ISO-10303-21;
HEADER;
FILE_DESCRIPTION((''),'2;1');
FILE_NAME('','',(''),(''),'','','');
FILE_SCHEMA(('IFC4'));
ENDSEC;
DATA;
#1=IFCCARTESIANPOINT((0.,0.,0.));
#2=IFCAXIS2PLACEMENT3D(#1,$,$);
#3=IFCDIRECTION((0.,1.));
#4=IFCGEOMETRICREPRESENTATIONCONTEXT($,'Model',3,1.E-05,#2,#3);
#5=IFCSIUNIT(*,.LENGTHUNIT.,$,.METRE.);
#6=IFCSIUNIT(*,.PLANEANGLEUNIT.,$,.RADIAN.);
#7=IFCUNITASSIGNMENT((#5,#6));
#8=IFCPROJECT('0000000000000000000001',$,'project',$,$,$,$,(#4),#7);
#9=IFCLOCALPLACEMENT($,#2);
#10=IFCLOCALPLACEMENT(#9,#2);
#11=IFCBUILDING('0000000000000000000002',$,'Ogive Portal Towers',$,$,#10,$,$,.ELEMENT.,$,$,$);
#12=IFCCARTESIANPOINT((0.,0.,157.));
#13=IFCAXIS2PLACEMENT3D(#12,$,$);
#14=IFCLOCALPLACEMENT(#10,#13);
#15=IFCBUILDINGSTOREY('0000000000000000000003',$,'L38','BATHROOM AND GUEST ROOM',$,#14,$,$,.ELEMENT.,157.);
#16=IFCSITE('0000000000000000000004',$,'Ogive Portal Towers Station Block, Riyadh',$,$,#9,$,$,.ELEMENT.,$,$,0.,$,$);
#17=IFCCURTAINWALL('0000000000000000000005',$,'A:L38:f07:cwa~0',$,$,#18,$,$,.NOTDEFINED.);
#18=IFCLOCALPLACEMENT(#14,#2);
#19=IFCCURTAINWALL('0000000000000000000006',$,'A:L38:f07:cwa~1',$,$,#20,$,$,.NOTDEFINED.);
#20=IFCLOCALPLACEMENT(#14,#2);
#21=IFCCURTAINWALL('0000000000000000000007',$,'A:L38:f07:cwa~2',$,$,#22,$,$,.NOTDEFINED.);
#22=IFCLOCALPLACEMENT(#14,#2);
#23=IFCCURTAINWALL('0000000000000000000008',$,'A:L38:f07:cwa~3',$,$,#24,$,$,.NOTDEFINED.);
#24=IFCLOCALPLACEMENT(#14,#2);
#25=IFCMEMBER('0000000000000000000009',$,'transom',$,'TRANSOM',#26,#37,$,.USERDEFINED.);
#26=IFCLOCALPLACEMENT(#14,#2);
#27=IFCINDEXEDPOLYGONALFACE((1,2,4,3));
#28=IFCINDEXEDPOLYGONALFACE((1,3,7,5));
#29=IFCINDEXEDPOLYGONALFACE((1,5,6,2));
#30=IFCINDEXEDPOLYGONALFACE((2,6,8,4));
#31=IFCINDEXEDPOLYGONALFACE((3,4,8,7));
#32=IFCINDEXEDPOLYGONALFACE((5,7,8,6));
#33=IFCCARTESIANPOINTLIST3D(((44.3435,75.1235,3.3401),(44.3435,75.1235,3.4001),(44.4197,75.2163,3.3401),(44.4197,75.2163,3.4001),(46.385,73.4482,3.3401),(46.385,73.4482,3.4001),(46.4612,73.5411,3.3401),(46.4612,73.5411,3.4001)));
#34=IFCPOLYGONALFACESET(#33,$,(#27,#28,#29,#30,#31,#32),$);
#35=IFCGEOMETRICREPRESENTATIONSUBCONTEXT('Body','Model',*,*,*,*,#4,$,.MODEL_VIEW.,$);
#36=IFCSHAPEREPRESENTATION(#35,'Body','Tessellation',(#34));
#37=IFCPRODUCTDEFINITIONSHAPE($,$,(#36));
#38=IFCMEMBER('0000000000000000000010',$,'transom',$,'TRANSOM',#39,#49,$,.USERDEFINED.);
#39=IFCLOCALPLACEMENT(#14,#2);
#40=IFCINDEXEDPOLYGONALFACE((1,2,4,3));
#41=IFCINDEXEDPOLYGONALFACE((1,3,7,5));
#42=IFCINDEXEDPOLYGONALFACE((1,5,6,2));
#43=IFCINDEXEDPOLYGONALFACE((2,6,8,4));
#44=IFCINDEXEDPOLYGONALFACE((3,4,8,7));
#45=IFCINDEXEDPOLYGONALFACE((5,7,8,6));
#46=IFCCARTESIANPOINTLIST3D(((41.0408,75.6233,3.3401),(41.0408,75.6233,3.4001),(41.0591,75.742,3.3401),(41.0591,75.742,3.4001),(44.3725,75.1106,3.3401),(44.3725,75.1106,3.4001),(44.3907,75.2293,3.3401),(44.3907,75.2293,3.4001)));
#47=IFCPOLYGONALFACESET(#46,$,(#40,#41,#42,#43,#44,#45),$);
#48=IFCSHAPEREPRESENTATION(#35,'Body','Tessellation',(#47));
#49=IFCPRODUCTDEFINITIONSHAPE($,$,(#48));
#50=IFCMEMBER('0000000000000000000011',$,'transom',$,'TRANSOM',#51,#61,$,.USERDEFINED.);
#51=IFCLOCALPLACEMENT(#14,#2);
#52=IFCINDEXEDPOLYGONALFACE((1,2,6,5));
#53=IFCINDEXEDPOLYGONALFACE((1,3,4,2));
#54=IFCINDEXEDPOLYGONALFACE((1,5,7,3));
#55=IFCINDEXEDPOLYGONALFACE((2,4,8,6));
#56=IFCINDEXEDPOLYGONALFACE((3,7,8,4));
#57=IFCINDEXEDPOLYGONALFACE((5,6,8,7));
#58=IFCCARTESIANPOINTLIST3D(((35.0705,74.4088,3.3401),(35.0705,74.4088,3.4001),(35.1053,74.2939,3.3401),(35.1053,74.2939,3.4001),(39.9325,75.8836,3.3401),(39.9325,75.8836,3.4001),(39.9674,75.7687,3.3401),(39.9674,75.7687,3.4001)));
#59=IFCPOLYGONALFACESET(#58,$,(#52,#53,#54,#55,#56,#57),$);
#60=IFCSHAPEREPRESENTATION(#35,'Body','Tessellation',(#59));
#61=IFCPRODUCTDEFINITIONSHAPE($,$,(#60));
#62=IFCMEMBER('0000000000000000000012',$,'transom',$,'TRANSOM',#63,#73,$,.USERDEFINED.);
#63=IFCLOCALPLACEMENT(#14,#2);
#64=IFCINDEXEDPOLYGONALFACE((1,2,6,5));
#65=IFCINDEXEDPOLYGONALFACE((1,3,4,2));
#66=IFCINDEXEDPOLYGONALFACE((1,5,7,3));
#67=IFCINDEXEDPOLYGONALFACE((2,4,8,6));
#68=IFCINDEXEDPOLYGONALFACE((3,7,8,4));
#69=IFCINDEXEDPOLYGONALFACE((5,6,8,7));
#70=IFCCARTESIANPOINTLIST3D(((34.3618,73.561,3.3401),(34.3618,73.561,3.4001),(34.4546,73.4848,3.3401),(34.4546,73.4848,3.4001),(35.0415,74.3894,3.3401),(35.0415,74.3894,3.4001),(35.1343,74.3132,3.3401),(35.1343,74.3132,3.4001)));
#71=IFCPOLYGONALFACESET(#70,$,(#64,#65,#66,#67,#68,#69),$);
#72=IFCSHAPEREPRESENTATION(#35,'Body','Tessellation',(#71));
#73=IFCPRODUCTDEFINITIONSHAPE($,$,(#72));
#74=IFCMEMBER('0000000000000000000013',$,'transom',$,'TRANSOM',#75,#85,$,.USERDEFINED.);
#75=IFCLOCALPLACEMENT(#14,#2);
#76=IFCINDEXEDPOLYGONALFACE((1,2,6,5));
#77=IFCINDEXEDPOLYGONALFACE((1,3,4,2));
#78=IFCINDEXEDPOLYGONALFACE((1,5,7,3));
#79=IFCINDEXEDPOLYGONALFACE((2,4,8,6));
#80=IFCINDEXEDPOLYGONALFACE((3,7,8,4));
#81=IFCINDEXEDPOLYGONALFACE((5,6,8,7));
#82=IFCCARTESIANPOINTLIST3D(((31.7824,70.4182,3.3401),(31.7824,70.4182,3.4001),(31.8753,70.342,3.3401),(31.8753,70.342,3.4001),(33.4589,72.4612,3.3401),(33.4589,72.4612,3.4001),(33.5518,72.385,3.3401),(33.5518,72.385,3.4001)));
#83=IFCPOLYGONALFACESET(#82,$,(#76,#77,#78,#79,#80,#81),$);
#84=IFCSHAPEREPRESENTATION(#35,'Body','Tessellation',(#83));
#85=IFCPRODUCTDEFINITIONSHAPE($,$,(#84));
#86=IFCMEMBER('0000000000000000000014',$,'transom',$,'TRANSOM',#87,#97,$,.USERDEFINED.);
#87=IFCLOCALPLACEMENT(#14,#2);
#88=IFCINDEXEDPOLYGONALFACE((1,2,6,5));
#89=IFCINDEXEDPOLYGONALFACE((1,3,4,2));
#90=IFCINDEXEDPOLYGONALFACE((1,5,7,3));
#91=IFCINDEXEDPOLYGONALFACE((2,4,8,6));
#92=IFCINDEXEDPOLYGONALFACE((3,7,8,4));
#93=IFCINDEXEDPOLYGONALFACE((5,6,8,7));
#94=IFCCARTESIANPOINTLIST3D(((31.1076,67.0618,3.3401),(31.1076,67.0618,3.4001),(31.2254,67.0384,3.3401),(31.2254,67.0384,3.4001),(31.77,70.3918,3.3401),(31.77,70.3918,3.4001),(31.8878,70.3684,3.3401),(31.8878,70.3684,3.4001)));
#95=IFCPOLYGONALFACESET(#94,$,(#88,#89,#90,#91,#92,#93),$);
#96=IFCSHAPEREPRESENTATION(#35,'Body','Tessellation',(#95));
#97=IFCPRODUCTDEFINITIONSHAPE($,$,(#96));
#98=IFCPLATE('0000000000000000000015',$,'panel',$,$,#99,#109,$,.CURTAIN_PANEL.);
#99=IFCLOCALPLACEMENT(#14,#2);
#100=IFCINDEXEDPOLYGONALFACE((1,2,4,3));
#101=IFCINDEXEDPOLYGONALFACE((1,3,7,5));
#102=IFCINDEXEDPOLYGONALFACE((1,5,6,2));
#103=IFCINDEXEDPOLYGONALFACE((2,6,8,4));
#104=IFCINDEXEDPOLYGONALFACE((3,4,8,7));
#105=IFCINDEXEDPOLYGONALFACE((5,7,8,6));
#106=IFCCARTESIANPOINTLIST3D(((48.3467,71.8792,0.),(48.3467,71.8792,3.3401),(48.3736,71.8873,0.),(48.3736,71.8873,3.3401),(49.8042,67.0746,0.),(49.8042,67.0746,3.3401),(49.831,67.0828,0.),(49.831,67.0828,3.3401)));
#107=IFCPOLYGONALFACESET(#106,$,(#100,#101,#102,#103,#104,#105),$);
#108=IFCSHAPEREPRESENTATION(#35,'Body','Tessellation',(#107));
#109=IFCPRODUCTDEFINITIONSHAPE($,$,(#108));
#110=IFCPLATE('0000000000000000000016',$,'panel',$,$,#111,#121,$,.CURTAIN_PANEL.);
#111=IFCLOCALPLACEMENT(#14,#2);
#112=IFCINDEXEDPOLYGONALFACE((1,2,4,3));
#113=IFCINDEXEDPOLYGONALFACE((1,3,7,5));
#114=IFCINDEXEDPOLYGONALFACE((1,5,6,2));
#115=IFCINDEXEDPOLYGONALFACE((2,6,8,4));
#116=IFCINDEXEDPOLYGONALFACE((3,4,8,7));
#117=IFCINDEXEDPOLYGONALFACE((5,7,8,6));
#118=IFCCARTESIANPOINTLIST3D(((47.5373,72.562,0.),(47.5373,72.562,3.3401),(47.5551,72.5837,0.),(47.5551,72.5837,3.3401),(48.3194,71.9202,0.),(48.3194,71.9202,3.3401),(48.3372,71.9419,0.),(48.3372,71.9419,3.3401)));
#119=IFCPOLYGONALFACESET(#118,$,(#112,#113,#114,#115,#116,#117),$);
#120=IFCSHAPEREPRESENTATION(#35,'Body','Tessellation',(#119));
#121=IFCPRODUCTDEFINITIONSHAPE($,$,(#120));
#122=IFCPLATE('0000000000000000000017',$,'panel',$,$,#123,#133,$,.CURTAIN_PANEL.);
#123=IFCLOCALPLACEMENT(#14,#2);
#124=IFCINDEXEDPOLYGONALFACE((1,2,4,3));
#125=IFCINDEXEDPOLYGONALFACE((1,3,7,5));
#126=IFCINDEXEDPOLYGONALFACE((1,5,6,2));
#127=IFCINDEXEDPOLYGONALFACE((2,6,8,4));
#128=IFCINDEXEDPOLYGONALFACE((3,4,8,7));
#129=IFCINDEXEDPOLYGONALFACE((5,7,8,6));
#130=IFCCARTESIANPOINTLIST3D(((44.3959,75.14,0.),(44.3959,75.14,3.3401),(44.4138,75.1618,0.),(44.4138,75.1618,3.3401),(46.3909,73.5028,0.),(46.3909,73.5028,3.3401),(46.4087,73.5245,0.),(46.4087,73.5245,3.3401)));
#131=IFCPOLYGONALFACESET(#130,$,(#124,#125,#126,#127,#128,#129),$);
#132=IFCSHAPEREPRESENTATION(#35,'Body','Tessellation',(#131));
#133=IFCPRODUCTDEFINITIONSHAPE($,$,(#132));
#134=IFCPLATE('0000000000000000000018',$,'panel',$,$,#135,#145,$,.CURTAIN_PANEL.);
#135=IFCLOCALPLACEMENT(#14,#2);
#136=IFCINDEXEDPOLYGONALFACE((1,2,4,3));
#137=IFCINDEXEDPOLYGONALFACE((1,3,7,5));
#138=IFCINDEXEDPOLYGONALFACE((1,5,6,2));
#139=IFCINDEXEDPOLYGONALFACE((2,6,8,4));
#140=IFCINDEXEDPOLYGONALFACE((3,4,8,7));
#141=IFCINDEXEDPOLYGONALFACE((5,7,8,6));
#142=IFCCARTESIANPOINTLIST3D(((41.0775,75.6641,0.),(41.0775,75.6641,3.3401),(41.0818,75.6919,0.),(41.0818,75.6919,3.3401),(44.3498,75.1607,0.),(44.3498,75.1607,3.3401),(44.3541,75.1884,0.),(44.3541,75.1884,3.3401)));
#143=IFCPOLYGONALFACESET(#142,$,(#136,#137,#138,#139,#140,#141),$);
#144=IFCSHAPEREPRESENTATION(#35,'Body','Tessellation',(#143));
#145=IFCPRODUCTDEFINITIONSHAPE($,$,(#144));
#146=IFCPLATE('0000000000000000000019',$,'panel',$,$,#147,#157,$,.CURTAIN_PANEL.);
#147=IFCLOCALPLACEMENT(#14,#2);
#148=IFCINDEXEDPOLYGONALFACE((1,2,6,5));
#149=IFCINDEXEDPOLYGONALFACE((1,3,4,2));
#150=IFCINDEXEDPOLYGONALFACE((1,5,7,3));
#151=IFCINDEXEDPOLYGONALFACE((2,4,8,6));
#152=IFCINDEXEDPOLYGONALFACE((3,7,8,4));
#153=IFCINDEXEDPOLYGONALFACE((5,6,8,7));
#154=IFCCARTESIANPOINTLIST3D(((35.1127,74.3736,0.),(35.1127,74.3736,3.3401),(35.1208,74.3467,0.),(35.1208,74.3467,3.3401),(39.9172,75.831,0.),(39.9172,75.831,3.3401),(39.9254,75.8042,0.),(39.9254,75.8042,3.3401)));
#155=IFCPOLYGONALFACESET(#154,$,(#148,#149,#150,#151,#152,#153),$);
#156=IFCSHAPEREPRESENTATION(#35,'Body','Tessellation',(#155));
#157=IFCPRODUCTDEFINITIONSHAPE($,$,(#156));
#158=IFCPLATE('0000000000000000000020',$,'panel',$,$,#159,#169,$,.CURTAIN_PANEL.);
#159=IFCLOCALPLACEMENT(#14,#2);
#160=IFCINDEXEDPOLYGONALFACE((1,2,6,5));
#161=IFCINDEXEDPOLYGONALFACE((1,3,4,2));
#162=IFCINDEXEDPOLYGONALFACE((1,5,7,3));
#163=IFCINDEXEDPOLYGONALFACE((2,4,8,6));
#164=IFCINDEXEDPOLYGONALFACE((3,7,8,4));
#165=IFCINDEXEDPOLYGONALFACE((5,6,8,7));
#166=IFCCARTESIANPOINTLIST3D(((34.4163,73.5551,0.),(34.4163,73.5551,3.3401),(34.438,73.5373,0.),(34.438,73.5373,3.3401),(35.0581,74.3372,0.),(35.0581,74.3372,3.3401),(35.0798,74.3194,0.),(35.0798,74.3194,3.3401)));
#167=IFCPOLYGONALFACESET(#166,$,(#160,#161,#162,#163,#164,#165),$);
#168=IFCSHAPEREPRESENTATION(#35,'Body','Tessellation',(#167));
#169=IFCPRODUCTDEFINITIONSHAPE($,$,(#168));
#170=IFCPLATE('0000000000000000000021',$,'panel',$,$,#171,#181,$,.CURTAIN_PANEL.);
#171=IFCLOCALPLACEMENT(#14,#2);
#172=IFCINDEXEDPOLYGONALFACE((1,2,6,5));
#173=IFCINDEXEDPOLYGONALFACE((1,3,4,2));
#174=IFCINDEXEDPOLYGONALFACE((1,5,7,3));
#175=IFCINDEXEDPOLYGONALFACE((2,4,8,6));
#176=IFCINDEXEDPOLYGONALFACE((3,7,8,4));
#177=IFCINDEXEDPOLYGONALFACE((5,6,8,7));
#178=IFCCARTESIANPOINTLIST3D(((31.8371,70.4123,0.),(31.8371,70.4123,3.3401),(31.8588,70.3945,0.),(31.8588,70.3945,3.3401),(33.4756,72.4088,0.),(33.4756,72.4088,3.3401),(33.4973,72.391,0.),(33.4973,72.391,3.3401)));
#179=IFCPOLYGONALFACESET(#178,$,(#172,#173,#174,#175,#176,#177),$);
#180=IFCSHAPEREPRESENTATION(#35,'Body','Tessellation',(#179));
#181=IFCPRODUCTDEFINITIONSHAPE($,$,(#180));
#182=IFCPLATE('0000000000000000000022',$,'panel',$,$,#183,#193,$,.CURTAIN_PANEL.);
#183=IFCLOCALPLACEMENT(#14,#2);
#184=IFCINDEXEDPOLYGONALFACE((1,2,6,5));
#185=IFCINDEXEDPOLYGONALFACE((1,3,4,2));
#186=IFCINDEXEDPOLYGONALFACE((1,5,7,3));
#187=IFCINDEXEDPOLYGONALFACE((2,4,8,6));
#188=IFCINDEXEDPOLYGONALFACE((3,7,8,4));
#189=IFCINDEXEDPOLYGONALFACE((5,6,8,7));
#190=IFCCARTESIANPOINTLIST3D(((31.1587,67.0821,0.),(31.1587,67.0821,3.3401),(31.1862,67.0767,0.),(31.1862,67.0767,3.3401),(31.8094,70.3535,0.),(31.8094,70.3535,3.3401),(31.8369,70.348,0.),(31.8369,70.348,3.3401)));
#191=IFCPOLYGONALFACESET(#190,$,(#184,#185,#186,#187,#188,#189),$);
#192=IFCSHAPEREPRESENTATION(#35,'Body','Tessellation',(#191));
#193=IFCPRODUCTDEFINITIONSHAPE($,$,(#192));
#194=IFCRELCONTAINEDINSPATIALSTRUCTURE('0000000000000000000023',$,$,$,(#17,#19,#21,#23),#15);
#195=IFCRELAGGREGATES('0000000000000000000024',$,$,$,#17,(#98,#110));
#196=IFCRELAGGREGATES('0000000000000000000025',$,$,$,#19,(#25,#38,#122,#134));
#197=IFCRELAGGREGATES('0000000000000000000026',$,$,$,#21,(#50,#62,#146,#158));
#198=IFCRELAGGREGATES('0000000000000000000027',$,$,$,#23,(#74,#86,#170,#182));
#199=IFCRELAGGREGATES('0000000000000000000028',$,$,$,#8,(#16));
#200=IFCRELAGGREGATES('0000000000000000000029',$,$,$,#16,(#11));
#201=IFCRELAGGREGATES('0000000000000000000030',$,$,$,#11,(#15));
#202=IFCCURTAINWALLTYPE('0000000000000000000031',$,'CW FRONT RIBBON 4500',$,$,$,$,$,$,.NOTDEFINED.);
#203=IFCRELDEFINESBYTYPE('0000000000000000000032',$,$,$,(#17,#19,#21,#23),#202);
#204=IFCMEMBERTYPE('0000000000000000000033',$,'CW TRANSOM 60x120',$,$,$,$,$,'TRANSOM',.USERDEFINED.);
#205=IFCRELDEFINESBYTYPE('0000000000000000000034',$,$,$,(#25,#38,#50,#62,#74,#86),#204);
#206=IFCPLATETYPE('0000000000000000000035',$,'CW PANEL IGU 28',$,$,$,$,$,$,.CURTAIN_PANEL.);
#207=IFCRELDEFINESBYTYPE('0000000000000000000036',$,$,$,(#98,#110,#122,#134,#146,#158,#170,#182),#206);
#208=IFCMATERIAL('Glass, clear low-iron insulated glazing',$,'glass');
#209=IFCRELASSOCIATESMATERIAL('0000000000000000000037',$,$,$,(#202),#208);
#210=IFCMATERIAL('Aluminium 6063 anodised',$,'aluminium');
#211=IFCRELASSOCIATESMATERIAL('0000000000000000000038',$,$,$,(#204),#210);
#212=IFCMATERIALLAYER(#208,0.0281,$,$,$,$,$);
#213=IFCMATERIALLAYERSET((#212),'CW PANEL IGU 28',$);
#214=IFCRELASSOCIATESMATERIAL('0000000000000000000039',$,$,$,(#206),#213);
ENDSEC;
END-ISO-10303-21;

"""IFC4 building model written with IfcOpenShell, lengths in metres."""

from ifc_helpers import new_model, si_unit, direction, frame, origin, origin_2d, place, context, subcontext, project, spatial, rectangle, extrude, material, layer, layer_set, material_profile, profile_set, type_object, element, aggregate, save


model = new_model("IFC4")

# Units and contexts
model_context = context("Model", 3, precision=1e-05, world=origin(), true_north=direction((0.0, 1.0)))
body_context = subcontext(model_context, "Body", "Model", "MODEL_VIEW")
ifc_project = project(units=[si_unit("LENGTHUNIT", "METRE"), si_unit("PLANEANGLEUNIT", "RADIAN")], contexts=[model_context])

# Site, building, storey
site_placement = place(None, origin())
site = spatial("IfcSite", under=ifc_project, at=site_placement, Name="Ogive Portal Towers Station Block, Riyadh", CompositionType="ELEMENT", RefElevation=0.0)
building_placement = place(site_placement, origin())
building = spatial("IfcBuilding", under=site, at=building_placement, Name="Ogive Portal Towers", CompositionType="ELEMENT")
storey_placement = place(building_placement, frame((0.0, 0.0, 157.0)))
storey = spatial("IfcBuildingStorey", under=building, at=storey_placement, Name="L38", Description="BATHROOM AND GUEST ROOM", CompositionType="ELEMENT", Elevation=157.0)

# Curtain walls
ifc_material_1 = material(Name="Glass, clear low-iron insulated glazing", Category="glass")
curtain_wall_type = type_object("IfcCurtainWallType", Name="CW FRONT RIBBON 4500", PredefinedType="NOTDEFINED", material=ifc_material_1)
curtain_wall_1_placement = place(storey_placement, origin())
curtain_wall_1 = element("IfcCurtainWall", 1, at=curtain_wall_1_placement, inside=storey, type_object=curtain_wall_type, Name="A:L38:f07:cwa~0", PredefinedType="NOTDEFINED")
ifc_material_2 = material(Name="Aluminium 6063 anodised", Category="aluminium")
curtain_wall_2_placement = place(storey_placement, origin())
curtain_wall_2 = element("IfcCurtainWall", 2, at=curtain_wall_2_placement, inside=storey, type_object=curtain_wall_type, Name="A:L38:f07:cwa~1", PredefinedType="NOTDEFINED")
curtain_wall_3_placement = place(storey_placement, origin())
curtain_wall_3 = element("IfcCurtainWall", 3, at=curtain_wall_3_placement, inside=storey, type_object=curtain_wall_type, Name="A:L38:f07:cwa~2", PredefinedType="NOTDEFINED")
curtain_wall_4_placement = place(storey_placement, origin())
curtain_wall_4 = element("IfcCurtainWall", 4, at=curtain_wall_4_placement, inside=storey, type_object=curtain_wall_type, Name="A:L38:f07:cwa~3", PredefinedType="NOTDEFINED")

# Members
ifc_material_profile_1 = material_profile(ifc_material_2, rectangle(XDim=0.1201, YDim=0.0601, at=origin_2d()), Name="AL 120x60")
ifc_profile_set_1 = profile_set([ifc_material_profile_1], Name="Aluminium 6063 anodised")
member_type_1 = type_object("IfcMemberType", Name="CW TRANSOM 60x120", ElementType="TRANSOM", PredefinedType="USERDEFINED", material=ifc_profile_set_1)
member_1_placement = place(storey_placement, frame((46.4231, 73.4946, 3.3701), z_axis=(-0.773034, 0.634365, 0.0), x_axis=(-0.634365, -0.773034, 0.0)))
member_1 = element("IfcMember", 5, at=member_1_placement, type_object=member_type_1, Name="transom", ObjectType="TRANSOM", PredefinedType="USERDEFINED", context=body_context, shape_type="SweptSolid", body=[
    extrude(rectangle(XDim=0.1201, YDim=0.0601, at=origin_2d()), origin(), (0.0, 0.0, 1.0), 2.6409),
])
member_2_placement = place(storey_placement, frame((44.3816, 75.1699, 3.3701), z_axis=(-0.988365, 0.152101, 0.0), x_axis=(-0.152101, -0.988365, 0.0)))
member_2 = element("IfcMember", 6, at=member_2_placement, type_object=member_type_1, Name="transom", ObjectType="TRANSOM", PredefinedType="USERDEFINED", context=body_context, shape_type="SweptSolid", body=[
    extrude(rectangle(XDim=0.1201, YDim=0.0601, at=origin_2d()), origin(), (0.0, 0.0, 1.0), 3.3708),
])
member_3_placement = place(storey_placement, frame((39.95, 75.8262, 3.3701), z_axis=(-0.956942, -0.290278, 0.0), x_axis=(0.290278, -0.956942, 0.0)))
member_3 = element("IfcMember", 7, at=member_3_placement, type_object=member_type_1, Name="transom", ObjectType="TRANSOM", PredefinedType="USERDEFINED", context=body_context, shape_type="SweptSolid", body=[
    extrude(rectangle(XDim=0.1201, YDim=0.0601, at=origin_2d()), origin(), (0.0, 0.0, 1.0), 5.0808),
])
member_4_placement = place(storey_placement, frame((35.0879, 74.3513, 3.3701), z_axis=(-0.634317, -0.773073, 0.0), x_axis=(0.773073, -0.634317, 0.0)))
member_4 = element("IfcMember", 8, at=member_4_placement, type_object=member_type_1, Name="transom", ObjectType="TRANSOM", PredefinedType="USERDEFINED", context=body_context, shape_type="SweptSolid", body=[
    extrude(rectangle(XDim=0.1201, YDim=0.0601, at=origin_2d()), origin(), (0.0, 0.0, 1.0), 1.0715),
])
member_5_placement = place(storey_placement, frame((33.5054, 72.4231, 3.3701), z_axis=(-0.634369, -0.77303, 0.0), x_axis=(0.77303, -0.634369, 0.0)))
member_5 = element("IfcMember", 9, at=member_5_placement, type_object=member_type_1, Name="transom", ObjectType="TRANSOM", PredefinedType="USERDEFINED", context=body_context, shape_type="SweptSolid", body=[
    extrude(rectangle(XDim=0.1201, YDim=0.0601, at=origin_2d()), origin(), (0.0, 0.0, 1.0), 2.6428),
])
member_6_placement = place(storey_placement, frame((31.8289, 70.3801, 3.3701), z_axis=(-0.195079, -0.980788, 0.0), x_axis=(0.980788, -0.195079, 0.0)))
member_6 = element("IfcMember", 10, at=member_6_placement, type_object=member_type_1, Name="transom", ObjectType="TRANSOM", PredefinedType="USERDEFINED", context=body_context, shape_type="SweptSolid", body=[
    extrude(rectangle(XDim=0.1201, YDim=0.0601, at=origin_2d()), origin(), (0.0, 0.0, 1.0), 3.3953),
])

# Plates
ifc_layer_1 = layer(ifc_material_1, 0.0281)
ifc_layer_set_1 = layer_set([ifc_layer_1], Name="CW PANEL IGU 28")
plate_type = type_object("IfcPlateType", Name="CW PANEL IGU 28", PredefinedType="CURTAIN_PANEL", material=ifc_layer_set_1)
plate_1_placement = place(storey_placement, frame((49.0889, 69.481, 0.0), z_axis=(0.0, 0.0, 1.0), x_axis=(-0.290285, 0.95694, 0.0)))
plate_1 = element("IfcPlate", 11, at=plate_1_placement, type_object=plate_type, Name="panel", PredefinedType="CURTAIN_PANEL", context=body_context, shape_type="SweptSolid", body=[
    extrude(rectangle(XDim=5.0208, YDim=0.0281, at=origin_2d()), origin(), (0.0, 0.0, 1.0), 3.3401),
])
plate_2_placement = place(storey_placement, frame((47.9373, 72.252, 0.0), z_axis=(0.0, 0.0, 1.0), x_axis=(-0.77301, 0.634393, 0.0)))
plate_2 = element("IfcPlate", 12, at=plate_2_placement, type_object=plate_type, Name="panel", PredefinedType="CURTAIN_PANEL", context=body_context, shape_type="SweptSolid", body=[
    extrude(rectangle(XDim=1.0117, YDim=0.0281, at=origin_2d()), origin(), (0.0, 0.0, 1.0), 3.3401),
])
aggregate(curtain_wall_1, [plate_1, plate_2])
plate_3_placement = place(storey_placement, frame((45.4023, 74.3323, 0.0), z_axis=(0.0, 0.0, 1.0), x_axis=(-0.77301, 0.634393, 0.0)))
plate_3 = element("IfcPlate", 13, at=plate_3_placement, type_object=plate_type, Name="panel", PredefinedType="CURTAIN_PANEL", context=body_context, shape_type="SweptSolid", body=[
    extrude(rectangle(XDim=2.5808, YDim=0.0281, at=origin_2d()), origin(), (0.0, 0.0, 1.0), 3.3401),
])
plate_4_placement = place(storey_placement, frame((42.7158, 75.4263, 0.0), z_axis=(0.0, 0.0, 1.0), x_axis=(-0.988369, 0.152074, 0.0)))
plate_4 = element("IfcPlate", 14, at=plate_4_placement, type_object=plate_type, Name="panel", PredefinedType="CURTAIN_PANEL", context=body_context, shape_type="SweptSolid", body=[
    extrude(rectangle(XDim=3.3108, YDim=0.0281, at=origin_2d()), origin(), (0.0, 0.0, 1.0), 3.3401),
])
aggregate(curtain_wall_2, [member_1, member_2, plate_3, plate_4])
plate_5_placement = place(storey_placement, frame((37.519, 75.0889, 0.0), z_axis=(0.0, 0.0, 1.0), x_axis=(-0.95694, -0.290285, 0.0)))
plate_5 = element("IfcPlate", 15, at=plate_5_placement, type_object=plate_type, Name="panel", PredefinedType="CURTAIN_PANEL", context=body_context, shape_type="SweptSolid", body=[
    extrude(rectangle(XDim=5.0208, YDim=0.0281, at=origin_2d()), origin(), (0.0, 0.0, 1.0), 3.3401),
])
plate_6_placement = place(storey_placement, frame((34.748, 73.9373, 0.0), z_axis=(0.0, 0.0, 1.0), x_axis=(-0.634393, -0.77301, 0.0)))
plate_6 = element("IfcPlate", 16, at=plate_6_placement, type_object=plate_type, Name="panel", PredefinedType="CURTAIN_PANEL", context=body_context, shape_type="SweptSolid", body=[
    extrude(rectangle(XDim=1.0117, YDim=0.0281, at=origin_2d()), origin(), (0.0, 0.0, 1.0), 3.3401),
])
aggregate(curtain_wall_3, [member_3, member_4, plate_5, plate_6])
plate_7_placement = place(storey_placement, frame((32.6672, 71.4016, 0.0), z_axis=(0.0, 0.0, 1.0), x_axis=(-0.634393, -0.77301, 0.0)))
plate_7 = element("IfcPlate", 17, at=plate_7_placement, type_object=plate_type, Name="panel", PredefinedType="CURTAIN_PANEL", context=body_context, shape_type="SweptSolid", body=[
    extrude(rectangle(XDim=2.5828, YDim=0.0281, at=origin_2d()), origin(), (0.0, 0.0, 1.0), 3.3401),
])
plate_8_placement = place(storey_placement, frame((31.4978, 68.7151, 0.0), z_axis=(0.0, 0.0, 1.0), x_axis=(-0.19509, -0.980785, 0.0)))
plate_8 = element("IfcPlate", 18, at=plate_8_placement, type_object=plate_type, Name="panel", PredefinedType="CURTAIN_PANEL", context=body_context, shape_type="SweptSolid", body=[
    extrude(rectangle(XDim=3.3354, YDim=0.0281, at=origin_2d()), origin(), (0.0, 0.0, 1.0), 3.3401),
])
aggregate(curtain_wall_4, [member_5, member_6, plate_7, plate_8])

save(model, "model.ifc")
